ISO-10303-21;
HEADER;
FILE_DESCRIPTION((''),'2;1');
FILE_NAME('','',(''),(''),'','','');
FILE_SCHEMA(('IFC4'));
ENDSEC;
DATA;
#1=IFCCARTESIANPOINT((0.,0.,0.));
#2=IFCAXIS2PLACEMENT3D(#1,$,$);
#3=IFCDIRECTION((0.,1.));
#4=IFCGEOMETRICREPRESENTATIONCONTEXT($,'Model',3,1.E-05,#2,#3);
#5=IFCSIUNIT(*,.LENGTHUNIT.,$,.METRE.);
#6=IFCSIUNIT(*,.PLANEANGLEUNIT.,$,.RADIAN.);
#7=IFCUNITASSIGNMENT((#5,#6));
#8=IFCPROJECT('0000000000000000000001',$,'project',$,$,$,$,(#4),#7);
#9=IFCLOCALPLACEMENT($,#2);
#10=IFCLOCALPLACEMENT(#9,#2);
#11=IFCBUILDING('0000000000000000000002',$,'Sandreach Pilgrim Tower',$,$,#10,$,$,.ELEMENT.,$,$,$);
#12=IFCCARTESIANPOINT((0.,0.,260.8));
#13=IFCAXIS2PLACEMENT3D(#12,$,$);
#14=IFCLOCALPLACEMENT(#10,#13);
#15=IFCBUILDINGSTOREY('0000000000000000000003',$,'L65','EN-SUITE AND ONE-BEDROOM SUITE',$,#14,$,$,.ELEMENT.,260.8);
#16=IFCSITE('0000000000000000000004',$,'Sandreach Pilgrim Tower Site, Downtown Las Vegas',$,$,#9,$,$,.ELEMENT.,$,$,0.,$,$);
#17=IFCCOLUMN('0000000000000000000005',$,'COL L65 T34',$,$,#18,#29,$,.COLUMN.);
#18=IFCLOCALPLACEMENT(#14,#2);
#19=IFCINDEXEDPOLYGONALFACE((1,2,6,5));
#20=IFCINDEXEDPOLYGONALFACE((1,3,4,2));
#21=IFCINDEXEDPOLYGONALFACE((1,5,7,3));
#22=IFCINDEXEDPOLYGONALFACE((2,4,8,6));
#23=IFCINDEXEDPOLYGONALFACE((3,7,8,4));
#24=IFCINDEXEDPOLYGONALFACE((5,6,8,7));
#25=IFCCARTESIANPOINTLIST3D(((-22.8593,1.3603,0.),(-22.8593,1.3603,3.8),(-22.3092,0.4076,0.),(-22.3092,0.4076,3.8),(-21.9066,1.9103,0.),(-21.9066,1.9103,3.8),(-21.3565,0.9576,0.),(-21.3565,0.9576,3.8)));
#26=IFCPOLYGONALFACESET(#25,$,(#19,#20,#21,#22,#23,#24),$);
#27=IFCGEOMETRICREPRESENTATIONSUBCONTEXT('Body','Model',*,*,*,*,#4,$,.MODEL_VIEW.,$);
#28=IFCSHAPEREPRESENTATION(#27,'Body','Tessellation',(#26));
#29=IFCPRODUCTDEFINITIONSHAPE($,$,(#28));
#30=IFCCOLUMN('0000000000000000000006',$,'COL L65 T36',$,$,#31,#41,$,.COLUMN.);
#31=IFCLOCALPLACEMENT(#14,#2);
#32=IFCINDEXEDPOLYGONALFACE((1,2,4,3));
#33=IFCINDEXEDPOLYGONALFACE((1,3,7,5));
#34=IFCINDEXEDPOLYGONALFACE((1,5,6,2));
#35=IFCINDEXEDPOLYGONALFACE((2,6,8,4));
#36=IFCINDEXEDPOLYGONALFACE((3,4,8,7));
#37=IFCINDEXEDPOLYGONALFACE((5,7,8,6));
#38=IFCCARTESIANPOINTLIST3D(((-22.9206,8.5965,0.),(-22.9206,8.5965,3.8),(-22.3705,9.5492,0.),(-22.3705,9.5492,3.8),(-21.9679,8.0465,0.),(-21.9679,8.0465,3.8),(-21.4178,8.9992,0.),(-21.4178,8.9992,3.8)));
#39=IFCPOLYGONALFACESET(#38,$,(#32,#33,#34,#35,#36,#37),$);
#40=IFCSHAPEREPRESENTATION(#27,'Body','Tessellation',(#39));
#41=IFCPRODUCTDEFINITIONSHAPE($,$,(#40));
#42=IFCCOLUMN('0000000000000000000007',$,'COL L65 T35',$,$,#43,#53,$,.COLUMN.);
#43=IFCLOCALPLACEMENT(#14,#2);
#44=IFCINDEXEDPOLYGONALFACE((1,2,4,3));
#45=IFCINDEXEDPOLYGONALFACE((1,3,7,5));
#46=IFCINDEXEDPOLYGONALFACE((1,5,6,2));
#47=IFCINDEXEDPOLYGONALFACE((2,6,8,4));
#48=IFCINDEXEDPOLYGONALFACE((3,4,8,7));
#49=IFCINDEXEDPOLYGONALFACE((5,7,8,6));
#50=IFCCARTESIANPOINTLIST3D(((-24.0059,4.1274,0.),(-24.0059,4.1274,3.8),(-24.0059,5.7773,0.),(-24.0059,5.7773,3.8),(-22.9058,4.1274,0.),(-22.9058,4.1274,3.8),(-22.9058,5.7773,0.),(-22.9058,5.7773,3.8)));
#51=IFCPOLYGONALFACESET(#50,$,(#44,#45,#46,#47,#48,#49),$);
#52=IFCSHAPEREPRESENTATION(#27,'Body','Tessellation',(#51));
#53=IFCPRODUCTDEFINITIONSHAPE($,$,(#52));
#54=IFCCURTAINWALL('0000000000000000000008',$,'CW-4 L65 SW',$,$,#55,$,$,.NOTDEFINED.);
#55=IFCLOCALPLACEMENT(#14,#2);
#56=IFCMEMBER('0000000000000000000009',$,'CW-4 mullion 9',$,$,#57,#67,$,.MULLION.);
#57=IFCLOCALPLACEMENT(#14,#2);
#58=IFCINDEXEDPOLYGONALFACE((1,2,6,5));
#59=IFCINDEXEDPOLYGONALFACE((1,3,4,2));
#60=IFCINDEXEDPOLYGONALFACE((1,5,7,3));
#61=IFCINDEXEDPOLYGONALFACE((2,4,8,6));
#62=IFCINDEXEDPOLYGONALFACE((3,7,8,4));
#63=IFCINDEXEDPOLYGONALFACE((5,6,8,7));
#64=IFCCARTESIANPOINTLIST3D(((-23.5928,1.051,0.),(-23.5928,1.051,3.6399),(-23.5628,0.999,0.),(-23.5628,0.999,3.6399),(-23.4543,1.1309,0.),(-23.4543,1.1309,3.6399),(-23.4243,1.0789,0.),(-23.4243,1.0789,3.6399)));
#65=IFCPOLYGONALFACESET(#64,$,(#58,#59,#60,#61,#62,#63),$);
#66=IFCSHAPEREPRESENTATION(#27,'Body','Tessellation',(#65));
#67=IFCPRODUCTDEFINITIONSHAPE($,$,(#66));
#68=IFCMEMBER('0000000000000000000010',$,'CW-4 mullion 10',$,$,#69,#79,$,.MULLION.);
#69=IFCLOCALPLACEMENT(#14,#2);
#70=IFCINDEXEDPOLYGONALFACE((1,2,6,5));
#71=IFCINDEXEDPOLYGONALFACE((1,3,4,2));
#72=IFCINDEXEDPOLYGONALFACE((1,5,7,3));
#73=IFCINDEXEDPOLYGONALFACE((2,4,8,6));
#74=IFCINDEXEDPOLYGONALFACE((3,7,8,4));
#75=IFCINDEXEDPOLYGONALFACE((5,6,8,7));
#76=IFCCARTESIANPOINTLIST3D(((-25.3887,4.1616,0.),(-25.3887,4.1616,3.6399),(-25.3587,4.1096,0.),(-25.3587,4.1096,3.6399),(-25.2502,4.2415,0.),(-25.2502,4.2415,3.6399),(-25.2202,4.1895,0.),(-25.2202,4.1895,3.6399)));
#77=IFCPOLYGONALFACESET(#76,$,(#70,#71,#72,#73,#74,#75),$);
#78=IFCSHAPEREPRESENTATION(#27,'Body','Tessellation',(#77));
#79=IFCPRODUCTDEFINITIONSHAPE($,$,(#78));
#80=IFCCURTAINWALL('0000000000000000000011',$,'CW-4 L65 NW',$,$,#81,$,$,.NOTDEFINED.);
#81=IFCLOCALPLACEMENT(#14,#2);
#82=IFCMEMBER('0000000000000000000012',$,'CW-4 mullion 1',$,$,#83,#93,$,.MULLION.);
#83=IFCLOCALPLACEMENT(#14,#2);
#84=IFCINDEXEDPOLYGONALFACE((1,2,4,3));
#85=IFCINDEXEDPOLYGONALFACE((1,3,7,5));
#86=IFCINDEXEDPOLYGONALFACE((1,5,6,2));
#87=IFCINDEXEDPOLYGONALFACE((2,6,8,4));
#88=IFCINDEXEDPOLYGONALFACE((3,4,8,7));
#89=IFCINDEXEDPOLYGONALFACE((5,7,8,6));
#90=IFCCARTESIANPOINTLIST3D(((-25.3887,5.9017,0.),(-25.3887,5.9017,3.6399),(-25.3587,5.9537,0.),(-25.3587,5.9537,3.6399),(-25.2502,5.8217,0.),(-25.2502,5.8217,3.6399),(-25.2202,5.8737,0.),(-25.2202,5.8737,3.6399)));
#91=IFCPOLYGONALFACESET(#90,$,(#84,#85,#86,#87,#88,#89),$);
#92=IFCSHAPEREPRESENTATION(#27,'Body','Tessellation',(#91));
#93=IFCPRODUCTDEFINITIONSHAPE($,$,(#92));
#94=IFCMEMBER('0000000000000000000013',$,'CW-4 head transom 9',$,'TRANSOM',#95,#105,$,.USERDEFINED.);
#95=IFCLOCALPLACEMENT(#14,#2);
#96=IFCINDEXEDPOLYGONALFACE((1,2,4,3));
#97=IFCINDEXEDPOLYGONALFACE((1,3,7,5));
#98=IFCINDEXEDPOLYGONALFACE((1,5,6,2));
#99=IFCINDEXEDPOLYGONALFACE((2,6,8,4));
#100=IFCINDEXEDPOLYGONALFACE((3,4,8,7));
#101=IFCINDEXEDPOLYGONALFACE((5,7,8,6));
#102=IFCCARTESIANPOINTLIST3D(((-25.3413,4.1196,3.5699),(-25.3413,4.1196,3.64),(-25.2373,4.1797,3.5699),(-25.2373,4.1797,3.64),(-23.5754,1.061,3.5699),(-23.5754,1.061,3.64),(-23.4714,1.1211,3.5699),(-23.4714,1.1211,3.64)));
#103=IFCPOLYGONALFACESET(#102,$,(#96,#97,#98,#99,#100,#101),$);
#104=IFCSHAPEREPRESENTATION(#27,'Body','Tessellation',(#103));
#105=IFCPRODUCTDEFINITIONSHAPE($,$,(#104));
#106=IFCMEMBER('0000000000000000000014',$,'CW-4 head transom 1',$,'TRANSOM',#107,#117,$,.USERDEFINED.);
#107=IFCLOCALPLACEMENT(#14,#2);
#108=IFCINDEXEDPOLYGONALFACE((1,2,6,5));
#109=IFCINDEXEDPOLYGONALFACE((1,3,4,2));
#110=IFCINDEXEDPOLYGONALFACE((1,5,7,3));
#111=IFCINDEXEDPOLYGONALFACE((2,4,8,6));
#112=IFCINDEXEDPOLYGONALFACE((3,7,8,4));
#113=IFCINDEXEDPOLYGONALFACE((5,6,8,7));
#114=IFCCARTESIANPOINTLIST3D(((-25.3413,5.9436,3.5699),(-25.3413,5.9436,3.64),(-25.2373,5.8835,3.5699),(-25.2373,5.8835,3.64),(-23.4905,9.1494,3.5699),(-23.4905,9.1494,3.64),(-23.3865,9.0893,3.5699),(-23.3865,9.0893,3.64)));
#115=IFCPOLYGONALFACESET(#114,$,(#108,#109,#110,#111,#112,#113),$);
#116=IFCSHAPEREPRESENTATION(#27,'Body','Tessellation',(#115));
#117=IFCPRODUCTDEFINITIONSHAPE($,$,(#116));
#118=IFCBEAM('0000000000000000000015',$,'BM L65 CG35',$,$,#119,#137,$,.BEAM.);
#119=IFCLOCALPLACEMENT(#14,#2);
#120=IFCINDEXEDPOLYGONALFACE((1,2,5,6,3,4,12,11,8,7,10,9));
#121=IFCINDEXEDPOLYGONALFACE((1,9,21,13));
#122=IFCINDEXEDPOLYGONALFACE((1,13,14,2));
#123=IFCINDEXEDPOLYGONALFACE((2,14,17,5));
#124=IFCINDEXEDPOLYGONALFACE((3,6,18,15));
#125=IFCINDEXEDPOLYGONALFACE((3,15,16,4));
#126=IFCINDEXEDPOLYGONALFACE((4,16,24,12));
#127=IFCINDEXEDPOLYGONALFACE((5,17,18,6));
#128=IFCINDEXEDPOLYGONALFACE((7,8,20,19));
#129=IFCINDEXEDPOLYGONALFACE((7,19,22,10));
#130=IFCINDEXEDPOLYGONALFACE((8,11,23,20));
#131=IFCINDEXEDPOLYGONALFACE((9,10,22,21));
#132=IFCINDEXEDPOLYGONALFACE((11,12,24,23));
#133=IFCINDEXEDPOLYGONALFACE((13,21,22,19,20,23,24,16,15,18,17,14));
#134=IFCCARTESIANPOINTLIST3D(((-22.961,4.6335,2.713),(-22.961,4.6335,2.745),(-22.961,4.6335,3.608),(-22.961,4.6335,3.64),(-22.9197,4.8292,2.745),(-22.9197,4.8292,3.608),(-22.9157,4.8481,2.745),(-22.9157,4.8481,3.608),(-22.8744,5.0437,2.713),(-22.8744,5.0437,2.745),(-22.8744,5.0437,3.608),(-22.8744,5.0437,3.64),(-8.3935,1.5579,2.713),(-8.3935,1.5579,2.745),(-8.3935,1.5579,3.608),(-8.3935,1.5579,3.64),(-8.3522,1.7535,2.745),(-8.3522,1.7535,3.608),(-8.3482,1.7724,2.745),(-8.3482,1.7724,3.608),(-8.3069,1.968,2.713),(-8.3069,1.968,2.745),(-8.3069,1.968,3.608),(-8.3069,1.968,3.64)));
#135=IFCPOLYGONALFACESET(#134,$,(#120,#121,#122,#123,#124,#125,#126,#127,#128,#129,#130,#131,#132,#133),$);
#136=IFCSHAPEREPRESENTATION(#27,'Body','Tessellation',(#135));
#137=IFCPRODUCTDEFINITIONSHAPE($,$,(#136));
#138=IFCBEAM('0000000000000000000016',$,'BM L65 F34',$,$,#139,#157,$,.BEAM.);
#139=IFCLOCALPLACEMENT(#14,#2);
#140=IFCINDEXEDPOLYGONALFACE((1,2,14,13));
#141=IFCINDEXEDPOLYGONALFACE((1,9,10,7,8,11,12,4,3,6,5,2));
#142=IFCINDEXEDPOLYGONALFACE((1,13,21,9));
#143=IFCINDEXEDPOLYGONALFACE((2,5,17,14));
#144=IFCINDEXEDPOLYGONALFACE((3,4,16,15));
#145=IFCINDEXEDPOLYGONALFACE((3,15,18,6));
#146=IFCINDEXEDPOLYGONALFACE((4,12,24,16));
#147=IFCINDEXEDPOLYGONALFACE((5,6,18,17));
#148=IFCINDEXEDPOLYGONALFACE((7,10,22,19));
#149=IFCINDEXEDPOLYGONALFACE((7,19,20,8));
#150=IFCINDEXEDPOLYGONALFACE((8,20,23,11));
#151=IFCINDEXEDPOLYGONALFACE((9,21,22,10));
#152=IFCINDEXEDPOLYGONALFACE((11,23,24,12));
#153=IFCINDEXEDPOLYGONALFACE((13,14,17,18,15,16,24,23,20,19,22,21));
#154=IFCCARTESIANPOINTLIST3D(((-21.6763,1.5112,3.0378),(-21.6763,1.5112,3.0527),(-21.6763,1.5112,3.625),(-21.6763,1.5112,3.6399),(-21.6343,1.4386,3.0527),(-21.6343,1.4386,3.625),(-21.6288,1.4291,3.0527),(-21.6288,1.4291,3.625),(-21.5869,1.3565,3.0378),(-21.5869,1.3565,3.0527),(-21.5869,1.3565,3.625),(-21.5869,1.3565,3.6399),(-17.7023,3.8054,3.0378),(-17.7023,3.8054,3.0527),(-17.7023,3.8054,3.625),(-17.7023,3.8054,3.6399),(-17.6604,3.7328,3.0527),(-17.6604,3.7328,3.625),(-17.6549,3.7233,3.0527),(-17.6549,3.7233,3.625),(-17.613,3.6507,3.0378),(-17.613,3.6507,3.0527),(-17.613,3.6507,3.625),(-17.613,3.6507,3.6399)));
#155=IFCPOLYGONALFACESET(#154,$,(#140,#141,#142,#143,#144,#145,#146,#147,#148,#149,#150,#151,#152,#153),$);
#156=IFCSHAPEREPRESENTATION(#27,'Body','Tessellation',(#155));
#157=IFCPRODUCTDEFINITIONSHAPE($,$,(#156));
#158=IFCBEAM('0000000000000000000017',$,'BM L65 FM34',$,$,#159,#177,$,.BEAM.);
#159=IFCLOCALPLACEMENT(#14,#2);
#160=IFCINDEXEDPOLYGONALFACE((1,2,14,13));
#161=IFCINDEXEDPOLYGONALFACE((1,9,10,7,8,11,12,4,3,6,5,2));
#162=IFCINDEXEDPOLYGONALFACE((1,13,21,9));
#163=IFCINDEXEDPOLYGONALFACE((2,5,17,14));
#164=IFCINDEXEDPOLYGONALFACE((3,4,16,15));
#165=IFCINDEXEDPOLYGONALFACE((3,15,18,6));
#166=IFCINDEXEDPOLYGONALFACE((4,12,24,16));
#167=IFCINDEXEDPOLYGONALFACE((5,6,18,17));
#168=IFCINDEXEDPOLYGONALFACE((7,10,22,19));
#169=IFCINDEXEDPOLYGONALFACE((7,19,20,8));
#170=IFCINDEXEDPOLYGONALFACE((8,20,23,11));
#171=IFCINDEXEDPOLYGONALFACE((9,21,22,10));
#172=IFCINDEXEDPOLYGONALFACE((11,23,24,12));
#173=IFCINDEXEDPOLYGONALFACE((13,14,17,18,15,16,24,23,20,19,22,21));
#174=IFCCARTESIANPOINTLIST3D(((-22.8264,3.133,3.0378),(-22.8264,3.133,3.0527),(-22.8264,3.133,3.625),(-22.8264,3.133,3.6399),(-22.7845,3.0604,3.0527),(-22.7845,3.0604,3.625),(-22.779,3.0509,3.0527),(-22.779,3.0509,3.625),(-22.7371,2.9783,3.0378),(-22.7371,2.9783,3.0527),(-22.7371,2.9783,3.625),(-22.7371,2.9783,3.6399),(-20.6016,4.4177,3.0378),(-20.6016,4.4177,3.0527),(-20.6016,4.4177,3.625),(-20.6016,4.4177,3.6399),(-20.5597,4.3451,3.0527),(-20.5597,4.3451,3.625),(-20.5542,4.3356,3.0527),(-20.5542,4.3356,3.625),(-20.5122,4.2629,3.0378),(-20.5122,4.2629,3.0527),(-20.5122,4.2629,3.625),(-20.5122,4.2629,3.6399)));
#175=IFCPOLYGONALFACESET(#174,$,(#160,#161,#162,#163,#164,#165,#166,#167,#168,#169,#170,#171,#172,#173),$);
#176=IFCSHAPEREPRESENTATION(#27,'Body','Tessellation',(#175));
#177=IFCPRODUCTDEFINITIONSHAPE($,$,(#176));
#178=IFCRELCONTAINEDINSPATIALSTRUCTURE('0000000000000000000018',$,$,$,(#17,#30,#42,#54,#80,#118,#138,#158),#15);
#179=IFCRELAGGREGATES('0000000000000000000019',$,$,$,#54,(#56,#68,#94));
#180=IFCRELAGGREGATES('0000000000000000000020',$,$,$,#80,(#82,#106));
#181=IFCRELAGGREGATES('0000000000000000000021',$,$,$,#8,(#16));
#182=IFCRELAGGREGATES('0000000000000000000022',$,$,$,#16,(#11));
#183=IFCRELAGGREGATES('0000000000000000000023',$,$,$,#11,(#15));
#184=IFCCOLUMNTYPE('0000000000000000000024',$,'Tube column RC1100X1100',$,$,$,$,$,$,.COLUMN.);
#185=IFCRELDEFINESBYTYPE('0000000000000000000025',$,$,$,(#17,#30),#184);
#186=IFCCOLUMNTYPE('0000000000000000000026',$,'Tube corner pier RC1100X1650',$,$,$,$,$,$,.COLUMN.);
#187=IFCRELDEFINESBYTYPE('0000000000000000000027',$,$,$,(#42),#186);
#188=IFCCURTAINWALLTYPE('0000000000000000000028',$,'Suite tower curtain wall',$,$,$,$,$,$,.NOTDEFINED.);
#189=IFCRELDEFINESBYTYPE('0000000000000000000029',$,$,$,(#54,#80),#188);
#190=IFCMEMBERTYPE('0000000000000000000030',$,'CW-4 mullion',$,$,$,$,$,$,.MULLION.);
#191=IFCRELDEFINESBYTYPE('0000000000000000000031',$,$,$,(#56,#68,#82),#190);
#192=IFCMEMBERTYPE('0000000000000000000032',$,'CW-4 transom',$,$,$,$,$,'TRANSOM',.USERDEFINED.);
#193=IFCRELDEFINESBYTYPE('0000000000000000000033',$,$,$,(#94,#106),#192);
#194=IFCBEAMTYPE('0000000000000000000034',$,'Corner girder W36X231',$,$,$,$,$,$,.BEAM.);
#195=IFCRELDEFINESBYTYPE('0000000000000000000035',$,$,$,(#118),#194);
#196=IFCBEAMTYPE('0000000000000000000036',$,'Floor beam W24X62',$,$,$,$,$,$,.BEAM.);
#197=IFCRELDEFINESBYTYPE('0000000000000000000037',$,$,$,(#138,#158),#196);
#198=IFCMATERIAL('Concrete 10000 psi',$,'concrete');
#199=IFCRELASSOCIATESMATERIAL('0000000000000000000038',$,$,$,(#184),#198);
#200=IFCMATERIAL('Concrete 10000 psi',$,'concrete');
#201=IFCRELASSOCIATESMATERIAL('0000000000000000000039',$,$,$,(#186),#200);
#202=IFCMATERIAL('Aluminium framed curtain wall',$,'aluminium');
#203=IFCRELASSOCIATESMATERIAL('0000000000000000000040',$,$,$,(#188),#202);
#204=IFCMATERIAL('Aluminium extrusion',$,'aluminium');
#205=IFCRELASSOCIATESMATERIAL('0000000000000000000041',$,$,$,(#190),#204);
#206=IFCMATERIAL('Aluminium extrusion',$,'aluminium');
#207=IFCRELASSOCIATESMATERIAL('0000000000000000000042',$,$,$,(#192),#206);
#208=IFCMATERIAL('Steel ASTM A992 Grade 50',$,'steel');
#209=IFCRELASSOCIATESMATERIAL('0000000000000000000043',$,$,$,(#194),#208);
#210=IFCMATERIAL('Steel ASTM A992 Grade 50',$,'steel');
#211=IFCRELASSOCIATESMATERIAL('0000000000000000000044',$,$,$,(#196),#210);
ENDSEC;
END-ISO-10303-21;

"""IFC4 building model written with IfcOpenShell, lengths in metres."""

from ifc_helpers import new_model, si_unit, direction, frame, origin, origin_2d, place, context, subcontext, project, spatial, rectangle, i_section, extrude, material, material_profile, profile_set, type_object, element, aggregate, save


model = new_model("IFC4")

# Units and contexts
model_context = context("Model", 3, precision=1e-05, world=origin(), true_north=direction((0.0, 1.0)))
body_context = subcontext(model_context, "Body", "Model", "MODEL_VIEW")
ifc_project = project(units=[si_unit("LENGTHUNIT", "METRE"), si_unit("PLANEANGLEUNIT", "RADIAN")], contexts=[model_context])

# Site, building, storey
site_placement = place(None, origin())
site = spatial("IfcSite", under=ifc_project, at=site_placement, Name="Sandreach Pilgrim Tower Site, Downtown Las Vegas", CompositionType="ELEMENT", RefElevation=0.0)
building_placement = place(site_placement, origin())
building = spatial("IfcBuilding", under=site, at=building_placement, Name="Sandreach Pilgrim Tower", CompositionType="ELEMENT")
storey_placement = place(building_placement, frame((0.0, 0.0, 260.8)))
storey = spatial("IfcBuildingStorey", under=building, at=storey_placement, Name="L65", Description="EN-SUITE AND ONE-BEDROOM SUITE", CompositionType="ELEMENT", Elevation=260.8)

# Columns
ifc_material_1 = material(Name="Concrete 10000 psi", Category="concrete")
ifc_material_profile_1 = material_profile(ifc_material_1, rectangle(XDim=1.1001, YDim=1.1001, at=origin_2d()), Name="RC1100X1100")
ifc_profile_set_1 = profile_set([ifc_material_profile_1], Name="Concrete 10000 psi")
column_type_1 = type_object("IfcColumnType", Name="Tube column RC1100X1100", PredefinedType="COLUMN", material=ifc_profile_set_1)
for number, where, z_axis, x_axis, name in (
    (1, (-22.1079, 1.1589, 0.0), (0.0, 0.0, 1.0), (-0.866025, -0.5, 0.0), "COL L65 T34"),
    (2, (-22.1692, 8.7979, 0.0), (0.0, 0.0, 1.0), (-0.866025, 0.5, 0.0), "COL L65 T36"),
):
    element("IfcColumn", number, at=place(storey_placement, frame(where, z_axis=z_axis, x_axis=x_axis)), inside=storey, type_object=column_type_1, Name=name, PredefinedType="COLUMN", context=body_context, shape_type="SweptSolid", body=[
        extrude(rectangle(XDim=1.1001, YDim=1.1001, at=origin_2d()), origin(), (0.0, 0.0, 1.0), 3.8),
    ])
ifc_material_2 = material(Name="Concrete 10000 psi", Category="concrete")
ifc_material_profile_2 = material_profile(ifc_material_2, rectangle(XDim=1.1001, YDim=1.6499, at=origin_2d()), Name="RC1100X1650")
ifc_profile_set_2 = profile_set([ifc_material_profile_2], Name="Concrete 10000 psi")
column_type_2 = type_object("IfcColumnType", Name="Tube corner pier RC1100X1650", PredefinedType="COLUMN", material=ifc_profile_set_2)
column_placement = place(storey_placement, frame((-23.4558, 4.9524, 0.0), z_axis=(0.0, 0.0, 1.0), x_axis=(-1.0, 0.0, 0.0)))
element("IfcColumn", 3, at=column_placement, inside=storey, type_object=column_type_2, Name="COL L65 T35", PredefinedType="COLUMN", context=body_context, shape_type="SweptSolid", body=[
    extrude(rectangle(XDim=1.1001, YDim=1.6499, at=origin_2d()), origin(), (0.0, 0.0, 1.0), 3.8),
])

# Curtain wall, members
ifc_material_3 = material(Name="Aluminium framed curtain wall", Category="aluminium")
curtain_wall_type = type_object("IfcCurtainWallType", Name="Suite tower curtain wall", PredefinedType="NOTDEFINED", material=ifc_material_3)
curtain_wall_1_placement = place(storey_placement, origin())
curtain_wall_1 = element("IfcCurtainWall", 4, at=curtain_wall_1_placement, inside=storey, type_object=curtain_wall_type, Name="CW-4 L65 SW", PredefinedType="NOTDEFINED")
ifc_material_4 = material(Name="Aluminium extrusion", Category="aluminium")
ifc_material_profile_3 = material_profile(ifc_material_4, rectangle(XDim=0.0601, YDim=0.1599, at=origin_2d()), Name="CW-4M 60X160")
ifc_profile_set_3 = profile_set([ifc_material_profile_3], Name="Aluminium extrusion")
member_type_1 = type_object("IfcMemberType", Name="CW-4 mullion", PredefinedType="MULLION", material=ifc_profile_set_3)
member_1_placement = place(storey_placement, frame((-23.5085, 1.0649, 0.0), z_axis=(0.0, 0.0, 1.0), x_axis=(-0.5, 0.866025, 0.0)))
member_1 = element("IfcMember", 5, at=member_1_placement, type_object=member_type_1, Name="CW-4 mullion 9", PredefinedType="MULLION", context=body_context, shape_type="SweptSolid", body=[
    extrude(rectangle(XDim=0.0601, YDim=0.1599, at=origin_2d()), origin(), (0.0, 0.0, 1.0), 3.6399),
])
member_2_placement = place(storey_placement, frame((-25.3044, 4.1755, 0.0), z_axis=(0.0, 0.0, 1.0), x_axis=(-0.5, 0.866025, 0.0)))
member_2 = element("IfcMember", 6, at=member_2_placement, type_object=member_type_1, Name="CW-4 mullion 10", PredefinedType="MULLION", context=body_context, shape_type="SweptSolid", body=[
    extrude(rectangle(XDim=0.0601, YDim=0.1599, at=origin_2d()), origin(), (0.0, 0.0, 1.0), 3.6399),
])

# Curtain wall, member
curtain_wall_2_placement = place(storey_placement, origin())
curtain_wall_2 = element("IfcCurtainWall", 7, at=curtain_wall_2_placement, inside=storey, type_object=curtain_wall_type, Name="CW-4 L65 NW", PredefinedType="NOTDEFINED")
member_3_placement = place(storey_placement, frame((-25.3044, 5.8877, 0.0), z_axis=(0.0, 0.0, 1.0), x_axis=(0.5, 0.866025, 0.0)))
member_3 = element("IfcMember", 8, at=member_3_placement, type_object=member_type_1, Name="CW-4 mullion 1", PredefinedType="MULLION", context=body_context, shape_type="SweptSolid", body=[
    extrude(rectangle(XDim=0.0601, YDim=0.1599, at=origin_2d()), origin(), (0.0, 0.0, 1.0), 3.6399),
])

# Members
ifc_material_5 = material(Name="Aluminium extrusion", Category="aluminium")
ifc_material_profile_4 = material_profile(ifc_material_5, rectangle(XDim=0.1201, YDim=0.0701, at=origin_2d()), Name="CW-4T 120X70")
ifc_profile_set_4 = profile_set([ifc_material_profile_4], Name="Aluminium extrusion")
member_type_2 = type_object("IfcMemberType", Name="CW-4 transom", ElementType="TRANSOM", PredefinedType="USERDEFINED", material=ifc_profile_set_4)
member_4_placement = place(storey_placement, frame((-23.5234, 1.0911, 3.605), z_axis=(-0.499998, 0.866027, 0.0), x_axis=(-0.866027, -0.499998, 0.0)))
member_4 = element("IfcMember", 9, at=member_4_placement, type_object=member_type_2, Name="CW-4 head transom 9", ObjectType="TRANSOM", PredefinedType="USERDEFINED", context=body_context, shape_type="SweptSolid", body=[
    extrude(rectangle(XDim=0.1201, YDim=0.0701, at=origin_2d()), origin(), (0.0, 0.0, 1.0), 3.5317),
])
member_5_placement = place(storey_placement, frame((-25.2893, 5.9136, 3.605), z_axis=(0.499991, 0.866031, 0.0), x_axis=(-0.866031, 0.499991, 0.0)))
member_5 = element("IfcMember", 10, at=member_5_placement, type_object=member_type_2, Name="CW-4 head transom 1", ObjectType="TRANSOM", PredefinedType="USERDEFINED", context=body_context, shape_type="SweptSolid", body=[
    extrude(rectangle(XDim=0.1201, YDim=0.0701, at=origin_2d()), origin(), (0.0, 0.0, 1.0), 3.7017),
])

# Beams
ifc_material_6 = material(Name="Steel ASTM A992 Grade 50", Category="steel")
ifc_material_profile_5 = material_profile(ifc_material_6, i_section(OverallWidth=0.4192, OverallDepth=0.927, WebThickness=0.0193, FlangeThickness=0.032, at=origin_2d()), Name="W36X231")
ifc_profile_set_5 = profile_set([ifc_material_profile_5], Name="Steel ASTM A992 Grade 50")
beam_type_1 = type_object("IfcBeamType", Name="Corner girder W36X231", PredefinedType="BEAM", material=ifc_profile_set_5)
beam_1_placement = place(storey_placement, frame((-22.9177, 4.8386, 3.1765), z_axis=(0.97843, -0.206577, 0.0), x_axis=(0.206577, 0.97843, 0.0)))
element("IfcBeam", 11, at=beam_1_placement, inside=storey, type_object=beam_type_1, Name="BM L65 CG35", PredefinedType="BEAM", context=body_context, shape_type="SweptSolid", body=[
    extrude(i_section(OverallWidth=0.4192, OverallDepth=0.927, WebThickness=0.0193, FlangeThickness=0.032, at=origin_2d()), origin(), (0.0, 0.0, 1.0), 14.8887),
])
ifc_material_7 = material(Name="Steel ASTM A992 Grade 50", Category="steel")
ifc_material_profile_6 = material_profile(ifc_material_7, i_section(OverallWidth=0.1787, OverallDepth=0.6021, WebThickness=0.011, FlangeThickness=0.0149, at=origin_2d()), Name="W24X62")
ifc_profile_set_6 = profile_set([ifc_material_profile_6], Name="Steel ASTM A992 Grade 50")
beam_type_2 = type_object("IfcBeamType", Name="Floor beam W24X62", PredefinedType="BEAM", material=ifc_profile_set_6)
beam_2_placement = place(storey_placement, frame((-21.6316, 1.4338, 3.3389), z_axis=(0.866038, 0.499979, 0.0), x_axis=(-0.499979, 0.866038, 0.0)))
element("IfcBeam", 12, at=beam_2_placement, inside=storey, type_object=beam_type_2, Name="BM L65 F34", PredefinedType="BEAM", context=body_context, shape_type="SweptSolid", body=[
    extrude(i_section(OverallWidth=0.1787, OverallDepth=0.6021, WebThickness=0.011, FlangeThickness=0.0149, at=origin_2d()), origin(), (0.0, 0.0, 1.0), 4.5886),
])
beam_3_placement = place(storey_placement, frame((-22.7817, 3.0557, 3.3389), z_axis=(0.866, 0.500043, 0.0), x_axis=(-0.500043, 0.866, 0.0)))
element("IfcBeam", 13, at=beam_3_placement, inside=storey, type_object=beam_type_2, Name="BM L65 FM34", PredefinedType="BEAM", context=body_context, shape_type="SweptSolid", body=[
    extrude(i_section(OverallWidth=0.1787, OverallDepth=0.6021, WebThickness=0.011, FlangeThickness=0.0149, at=origin_2d()), origin(), (0.0, 0.0, 1.0), 2.5691),
])

aggregate(curtain_wall_1, [member_1, member_2, member_4])
aggregate(curtain_wall_2, [member_3, member_5])

save(model, "model.ifc")
